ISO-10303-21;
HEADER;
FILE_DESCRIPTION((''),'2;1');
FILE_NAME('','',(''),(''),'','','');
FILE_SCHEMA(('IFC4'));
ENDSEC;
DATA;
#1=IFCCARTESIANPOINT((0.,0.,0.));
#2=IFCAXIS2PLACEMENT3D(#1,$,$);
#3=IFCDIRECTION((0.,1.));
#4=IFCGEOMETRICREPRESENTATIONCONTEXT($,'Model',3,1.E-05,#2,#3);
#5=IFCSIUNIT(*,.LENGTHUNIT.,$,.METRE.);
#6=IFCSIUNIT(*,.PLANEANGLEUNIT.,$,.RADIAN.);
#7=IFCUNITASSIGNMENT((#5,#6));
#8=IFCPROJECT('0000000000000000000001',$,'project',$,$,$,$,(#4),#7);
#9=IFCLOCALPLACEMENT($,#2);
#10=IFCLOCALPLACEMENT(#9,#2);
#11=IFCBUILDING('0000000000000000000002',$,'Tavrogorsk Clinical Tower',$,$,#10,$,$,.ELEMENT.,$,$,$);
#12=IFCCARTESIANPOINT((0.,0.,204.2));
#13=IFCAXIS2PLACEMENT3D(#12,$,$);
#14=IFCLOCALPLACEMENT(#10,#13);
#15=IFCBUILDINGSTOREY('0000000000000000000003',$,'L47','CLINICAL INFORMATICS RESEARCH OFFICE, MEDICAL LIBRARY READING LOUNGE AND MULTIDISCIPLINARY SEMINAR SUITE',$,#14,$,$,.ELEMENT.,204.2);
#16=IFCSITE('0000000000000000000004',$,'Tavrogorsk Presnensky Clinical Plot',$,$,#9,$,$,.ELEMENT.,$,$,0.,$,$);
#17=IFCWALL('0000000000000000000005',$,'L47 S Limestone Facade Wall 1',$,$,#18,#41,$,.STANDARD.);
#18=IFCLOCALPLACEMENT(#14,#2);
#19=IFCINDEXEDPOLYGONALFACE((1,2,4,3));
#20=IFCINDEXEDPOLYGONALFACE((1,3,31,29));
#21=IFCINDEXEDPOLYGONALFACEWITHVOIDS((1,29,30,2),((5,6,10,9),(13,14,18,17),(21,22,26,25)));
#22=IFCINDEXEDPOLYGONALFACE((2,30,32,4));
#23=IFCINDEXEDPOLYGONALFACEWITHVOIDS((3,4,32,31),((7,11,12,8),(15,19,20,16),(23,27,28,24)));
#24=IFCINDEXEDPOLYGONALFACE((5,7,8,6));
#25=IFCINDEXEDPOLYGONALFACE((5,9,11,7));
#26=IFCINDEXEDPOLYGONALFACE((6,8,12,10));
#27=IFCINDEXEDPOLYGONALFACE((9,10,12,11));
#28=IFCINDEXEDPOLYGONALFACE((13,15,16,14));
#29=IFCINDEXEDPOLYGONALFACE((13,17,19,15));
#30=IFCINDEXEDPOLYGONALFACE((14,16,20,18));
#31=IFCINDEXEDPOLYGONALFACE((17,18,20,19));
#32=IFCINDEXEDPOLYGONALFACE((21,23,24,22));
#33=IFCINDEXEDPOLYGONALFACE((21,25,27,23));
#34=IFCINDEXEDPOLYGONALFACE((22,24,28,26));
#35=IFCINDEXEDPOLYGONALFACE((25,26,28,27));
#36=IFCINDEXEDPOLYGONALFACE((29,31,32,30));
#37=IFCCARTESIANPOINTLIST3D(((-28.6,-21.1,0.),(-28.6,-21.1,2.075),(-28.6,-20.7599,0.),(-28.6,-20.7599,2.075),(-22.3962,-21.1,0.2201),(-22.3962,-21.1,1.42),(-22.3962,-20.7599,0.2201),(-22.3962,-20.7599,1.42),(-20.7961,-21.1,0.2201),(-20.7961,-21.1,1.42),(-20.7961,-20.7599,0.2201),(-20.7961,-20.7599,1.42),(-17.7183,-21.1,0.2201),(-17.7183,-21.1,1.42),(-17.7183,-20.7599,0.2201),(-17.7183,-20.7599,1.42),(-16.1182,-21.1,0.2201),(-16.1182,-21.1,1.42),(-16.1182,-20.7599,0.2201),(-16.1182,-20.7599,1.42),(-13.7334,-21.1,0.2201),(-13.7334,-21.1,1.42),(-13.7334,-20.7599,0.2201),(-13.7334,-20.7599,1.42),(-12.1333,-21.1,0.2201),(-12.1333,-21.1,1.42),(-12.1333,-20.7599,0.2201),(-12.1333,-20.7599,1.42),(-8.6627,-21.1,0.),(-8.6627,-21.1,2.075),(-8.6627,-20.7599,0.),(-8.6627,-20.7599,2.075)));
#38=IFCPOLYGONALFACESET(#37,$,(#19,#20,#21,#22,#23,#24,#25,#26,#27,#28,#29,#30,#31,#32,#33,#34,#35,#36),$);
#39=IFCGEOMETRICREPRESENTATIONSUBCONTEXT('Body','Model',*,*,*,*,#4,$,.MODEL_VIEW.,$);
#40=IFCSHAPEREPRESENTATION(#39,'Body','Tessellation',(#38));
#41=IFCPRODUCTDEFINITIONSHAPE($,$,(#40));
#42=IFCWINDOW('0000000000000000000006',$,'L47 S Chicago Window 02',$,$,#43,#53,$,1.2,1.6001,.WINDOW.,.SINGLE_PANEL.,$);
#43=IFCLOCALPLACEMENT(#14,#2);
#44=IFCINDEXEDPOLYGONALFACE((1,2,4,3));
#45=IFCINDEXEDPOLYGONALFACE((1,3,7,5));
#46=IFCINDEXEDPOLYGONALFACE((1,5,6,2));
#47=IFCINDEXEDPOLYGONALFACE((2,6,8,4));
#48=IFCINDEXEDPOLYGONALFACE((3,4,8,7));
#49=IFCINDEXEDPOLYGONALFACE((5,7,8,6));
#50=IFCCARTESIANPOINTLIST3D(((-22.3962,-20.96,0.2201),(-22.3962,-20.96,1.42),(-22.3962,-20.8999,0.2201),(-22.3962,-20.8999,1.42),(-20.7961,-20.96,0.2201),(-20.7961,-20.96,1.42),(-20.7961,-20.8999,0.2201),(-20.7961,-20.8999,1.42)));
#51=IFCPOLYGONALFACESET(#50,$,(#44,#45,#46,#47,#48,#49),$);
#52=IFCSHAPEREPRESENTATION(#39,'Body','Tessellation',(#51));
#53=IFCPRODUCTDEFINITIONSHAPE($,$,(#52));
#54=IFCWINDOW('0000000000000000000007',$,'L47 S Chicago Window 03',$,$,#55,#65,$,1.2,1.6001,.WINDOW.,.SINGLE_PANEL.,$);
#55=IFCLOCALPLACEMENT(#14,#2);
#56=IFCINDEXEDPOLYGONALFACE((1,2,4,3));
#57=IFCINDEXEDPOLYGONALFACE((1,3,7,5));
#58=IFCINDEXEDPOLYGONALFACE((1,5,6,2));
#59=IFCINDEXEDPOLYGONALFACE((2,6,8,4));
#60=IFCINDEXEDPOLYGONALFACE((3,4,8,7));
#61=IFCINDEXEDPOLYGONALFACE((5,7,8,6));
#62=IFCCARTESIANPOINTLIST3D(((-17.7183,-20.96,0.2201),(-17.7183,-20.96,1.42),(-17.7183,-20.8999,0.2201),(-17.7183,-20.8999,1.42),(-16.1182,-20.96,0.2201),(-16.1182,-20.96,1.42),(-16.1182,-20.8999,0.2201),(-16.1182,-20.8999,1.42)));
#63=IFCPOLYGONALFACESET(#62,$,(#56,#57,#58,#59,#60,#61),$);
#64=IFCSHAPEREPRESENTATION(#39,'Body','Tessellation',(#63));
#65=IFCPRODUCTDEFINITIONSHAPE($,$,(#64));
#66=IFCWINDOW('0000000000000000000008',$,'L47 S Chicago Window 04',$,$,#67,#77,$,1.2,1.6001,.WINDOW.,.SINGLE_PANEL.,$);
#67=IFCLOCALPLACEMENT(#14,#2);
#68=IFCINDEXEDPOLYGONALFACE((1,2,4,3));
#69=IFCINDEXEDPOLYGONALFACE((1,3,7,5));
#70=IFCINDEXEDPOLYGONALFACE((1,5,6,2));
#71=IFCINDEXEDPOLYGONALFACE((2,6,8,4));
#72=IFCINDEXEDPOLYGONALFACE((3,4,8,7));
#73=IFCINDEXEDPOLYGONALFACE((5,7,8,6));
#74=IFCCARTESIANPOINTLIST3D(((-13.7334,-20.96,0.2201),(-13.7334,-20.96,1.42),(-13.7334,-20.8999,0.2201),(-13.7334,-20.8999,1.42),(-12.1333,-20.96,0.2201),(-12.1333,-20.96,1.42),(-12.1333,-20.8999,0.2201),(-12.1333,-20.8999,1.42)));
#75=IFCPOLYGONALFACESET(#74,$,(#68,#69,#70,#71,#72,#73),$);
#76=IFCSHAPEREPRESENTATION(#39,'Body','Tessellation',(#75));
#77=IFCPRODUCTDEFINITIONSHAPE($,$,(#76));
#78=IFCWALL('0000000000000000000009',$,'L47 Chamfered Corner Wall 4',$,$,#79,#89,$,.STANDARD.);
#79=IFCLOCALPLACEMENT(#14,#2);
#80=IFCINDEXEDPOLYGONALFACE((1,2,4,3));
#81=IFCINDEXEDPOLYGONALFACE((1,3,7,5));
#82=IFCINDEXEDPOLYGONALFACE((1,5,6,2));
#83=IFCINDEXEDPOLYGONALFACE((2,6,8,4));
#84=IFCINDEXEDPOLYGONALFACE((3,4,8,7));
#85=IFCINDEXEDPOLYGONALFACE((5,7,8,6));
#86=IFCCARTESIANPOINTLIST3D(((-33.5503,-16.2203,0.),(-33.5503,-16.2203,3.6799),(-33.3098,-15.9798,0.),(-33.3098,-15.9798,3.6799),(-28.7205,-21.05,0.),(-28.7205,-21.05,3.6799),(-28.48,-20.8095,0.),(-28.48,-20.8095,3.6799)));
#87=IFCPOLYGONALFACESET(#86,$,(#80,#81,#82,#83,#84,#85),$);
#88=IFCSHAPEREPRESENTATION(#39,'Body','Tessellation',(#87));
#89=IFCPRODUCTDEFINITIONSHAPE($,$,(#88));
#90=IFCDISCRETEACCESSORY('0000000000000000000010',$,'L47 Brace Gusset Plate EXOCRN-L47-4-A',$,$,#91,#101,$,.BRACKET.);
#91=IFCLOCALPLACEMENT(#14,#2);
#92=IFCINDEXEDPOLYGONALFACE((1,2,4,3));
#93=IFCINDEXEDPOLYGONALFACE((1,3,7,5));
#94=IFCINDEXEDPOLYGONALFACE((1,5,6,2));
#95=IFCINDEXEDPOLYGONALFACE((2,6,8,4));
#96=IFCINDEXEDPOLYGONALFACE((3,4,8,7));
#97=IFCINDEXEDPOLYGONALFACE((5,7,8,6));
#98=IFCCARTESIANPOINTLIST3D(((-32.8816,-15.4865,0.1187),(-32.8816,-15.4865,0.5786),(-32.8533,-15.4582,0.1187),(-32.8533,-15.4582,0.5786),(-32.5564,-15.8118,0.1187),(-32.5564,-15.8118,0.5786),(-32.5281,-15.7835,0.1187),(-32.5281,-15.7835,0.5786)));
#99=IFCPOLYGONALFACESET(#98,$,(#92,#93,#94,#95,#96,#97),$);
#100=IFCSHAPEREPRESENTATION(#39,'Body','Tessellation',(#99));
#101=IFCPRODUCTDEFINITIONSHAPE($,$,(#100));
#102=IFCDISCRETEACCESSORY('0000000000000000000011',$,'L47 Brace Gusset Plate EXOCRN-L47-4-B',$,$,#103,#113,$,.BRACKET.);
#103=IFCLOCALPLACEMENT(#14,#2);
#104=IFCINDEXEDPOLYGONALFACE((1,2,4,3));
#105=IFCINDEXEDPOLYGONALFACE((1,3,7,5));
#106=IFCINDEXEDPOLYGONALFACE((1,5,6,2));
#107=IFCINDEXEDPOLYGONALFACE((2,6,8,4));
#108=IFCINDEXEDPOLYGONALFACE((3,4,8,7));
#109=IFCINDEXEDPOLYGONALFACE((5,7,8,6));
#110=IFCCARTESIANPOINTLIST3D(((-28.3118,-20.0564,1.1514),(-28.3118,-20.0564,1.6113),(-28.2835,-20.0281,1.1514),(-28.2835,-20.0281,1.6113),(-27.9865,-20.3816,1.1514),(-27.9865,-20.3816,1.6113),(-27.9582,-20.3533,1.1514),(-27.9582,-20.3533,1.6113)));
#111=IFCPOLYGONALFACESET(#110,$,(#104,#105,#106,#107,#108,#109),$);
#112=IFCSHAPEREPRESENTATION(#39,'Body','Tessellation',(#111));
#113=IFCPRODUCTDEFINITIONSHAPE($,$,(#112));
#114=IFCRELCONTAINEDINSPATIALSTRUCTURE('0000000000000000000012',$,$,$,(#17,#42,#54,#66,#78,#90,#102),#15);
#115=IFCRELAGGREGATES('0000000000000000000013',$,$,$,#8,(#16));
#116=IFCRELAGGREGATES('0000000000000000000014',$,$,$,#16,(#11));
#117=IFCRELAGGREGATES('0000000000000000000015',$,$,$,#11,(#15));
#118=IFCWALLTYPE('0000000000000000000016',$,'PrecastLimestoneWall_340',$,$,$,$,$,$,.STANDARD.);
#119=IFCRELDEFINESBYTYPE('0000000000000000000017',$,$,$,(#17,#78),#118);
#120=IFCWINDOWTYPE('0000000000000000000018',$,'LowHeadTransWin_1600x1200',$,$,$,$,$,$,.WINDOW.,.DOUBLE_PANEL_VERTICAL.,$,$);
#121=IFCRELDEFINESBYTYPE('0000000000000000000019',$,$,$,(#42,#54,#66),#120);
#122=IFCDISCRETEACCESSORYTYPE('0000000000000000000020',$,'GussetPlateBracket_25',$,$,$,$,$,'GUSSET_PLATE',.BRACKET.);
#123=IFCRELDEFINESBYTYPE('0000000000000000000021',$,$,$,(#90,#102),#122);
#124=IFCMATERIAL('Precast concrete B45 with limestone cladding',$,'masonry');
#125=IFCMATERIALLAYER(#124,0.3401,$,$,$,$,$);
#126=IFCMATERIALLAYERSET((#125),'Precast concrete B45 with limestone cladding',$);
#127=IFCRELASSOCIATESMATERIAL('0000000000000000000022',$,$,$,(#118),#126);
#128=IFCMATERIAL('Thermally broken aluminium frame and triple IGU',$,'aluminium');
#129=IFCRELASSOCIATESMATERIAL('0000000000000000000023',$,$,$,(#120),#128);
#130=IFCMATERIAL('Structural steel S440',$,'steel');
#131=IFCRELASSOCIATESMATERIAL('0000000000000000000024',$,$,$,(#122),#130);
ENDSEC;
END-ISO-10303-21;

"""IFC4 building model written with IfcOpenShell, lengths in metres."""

from ifc_helpers import new_model, si_unit, direction, frame, frame_2d, origin, origin_2d, place, context, subcontext, project, spatial, rectangle, extrude, material, layer, layer_set, type_object, element, fill, save


model = new_model("IFC4")

# Units and contexts
model_context = context("Model", 3, precision=1e-05, world=origin(), true_north=direction((0.0, 1.0)))
body_context = subcontext(model_context, "Body", "Model", "MODEL_VIEW")
ifc_project = project(units=[si_unit("LENGTHUNIT", "METRE"), si_unit("PLANEANGLEUNIT", "RADIAN")], contexts=[model_context])

# Site, building, storey
site_placement = place(None, origin())
site = spatial("IfcSite", under=ifc_project, at=site_placement, Name="Tavrogorsk Presnensky Clinical Plot", CompositionType="ELEMENT", RefElevation=0.0)
building_placement = place(site_placement, origin())
building = spatial("IfcBuilding", under=site, at=building_placement, Name="Tavrogorsk Clinical Tower", CompositionType="ELEMENT")
storey_placement = place(building_placement, frame((0.0, 0.0, 204.2)))
storey = spatial("IfcBuildingStorey", under=building, at=storey_placement, Name="L47", Description="CLINICAL INFORMATICS RESEARCH OFFICE, MEDICAL LIBRARY READING LOUNGE AND MULTIDISCIPLINARY SEMINAR SUITE", CompositionType="ELEMENT", Elevation=204.2)

# Wall, openings, windows
ifc_material_1 = material(Name="Precast concrete B45 with limestone cladding", Category="masonry")
ifc_layer_1 = layer(ifc_material_1, 0.3401)
ifc_layer_set_1 = layer_set([ifc_layer_1], Name="Precast concrete B45 with limestone cladding")
wall_type_1 = type_object("IfcWallType", Name="PrecastLimestoneWall_340", PredefinedType="STANDARD", material=ifc_layer_set_1)
wall_1_placement = place(storey_placement, frame((-28.6001, -20.9299, 0.0), z_axis=(0.0, 0.0, 1.0), x_axis=(1.0, 0.0, 0.0)))
wall_1 = element("IfcWall", 1, at=wall_1_placement, inside=storey, type_object=wall_type_1, Name="L47 S Limestone Facade Wall 1", PredefinedType="STANDARD", context=body_context, shape_type="SweptSolid", body=[
    extrude(rectangle(XDim=19.9373, YDim=0.3401, at=frame_2d((9.9688, 0.0))), origin(), (0.0, 0.0, 1.0), 2.075),
])
opening_1_placement = place(wall_1_placement, frame((6.2039, 0.0, 0.22)))
opening_1 = element("IfcOpeningElement", 2, at=opening_1_placement, cuts=wall_1, PredefinedType="OPENING", context=body_context, shape_type="SweptSolid", body=[
    extrude(rectangle(XDim=1.6001, YDim=1.2, at=frame_2d((0.8, 0.6001))), frame((0.0, 0.1799, 0.0), z_axis=(0.0, -1.0, 0.0), x_axis=(1.0, 0.0, 0.0)), (0.0, 0.0, 1.0), 0.3601),
])
opening_2_placement = place(wall_1_placement, frame((10.8818, 0.0, 0.22)))
opening_2 = element("IfcOpeningElement", 3, at=opening_2_placement, cuts=wall_1, PredefinedType="OPENING", context=body_context, shape_type="SweptSolid", body=[
    extrude(rectangle(XDim=1.6001, YDim=1.2, at=frame_2d((0.8, 0.6001))), frame((0.0, 0.1799, 0.0), z_axis=(0.0, -1.0, 0.0), x_axis=(1.0, 0.0, 0.0)), (0.0, 0.0, 1.0), 0.3601),
])
opening_3_placement = place(wall_1_placement, frame((14.8667, 0.0, 0.22)))
opening_3 = element("IfcOpeningElement", 4, at=opening_3_placement, cuts=wall_1, PredefinedType="OPENING", context=body_context, shape_type="SweptSolid", body=[
    extrude(rectangle(XDim=1.6001, YDim=1.2, at=frame_2d((0.8, 0.6001))), frame((0.0, 0.1799, 0.0), z_axis=(0.0, -1.0, 0.0), x_axis=(1.0, 0.0, 0.0)), (0.0, 0.0, 1.0), 0.3601),
])
ifc_material_2 = material(Name="Thermally broken aluminium frame and triple IGU", Category="aluminium")
window_type = type_object("IfcWindowType", Name="LowHeadTransWin_1600x1200", PartitioningType="DOUBLE_PANEL_VERTICAL", PredefinedType="WINDOW", material=ifc_material_2)
window_1_placement = place(opening_1_placement, origin())
window_1 = element("IfcWindow", 5, at=window_1_placement, inside=storey, type_object=window_type, Name="L47 S Chicago Window 02", OverallHeight=1.2, OverallWidth=1.6001, PartitioningType="SINGLE_PANEL", PredefinedType="WINDOW", context=body_context, shape_type="SweptSolid", body=[
    extrude(rectangle(XDim=1.6001, YDim=1.2, at=frame_2d((0.8, 0.6001))), frame((0.0, 0.03, 0.0), z_axis=(0.0, -1.0, 0.0), x_axis=(1.0, 0.0, 0.0)), (0.0, 0.0, 1.0), 0.0601),
])
fill(opening_1, window_1)
window_2_placement = place(opening_2_placement, origin())
window_2 = element("IfcWindow", 6, at=window_2_placement, inside=storey, type_object=window_type, Name="L47 S Chicago Window 03", OverallHeight=1.2, OverallWidth=1.6001, PartitioningType="SINGLE_PANEL", PredefinedType="WINDOW", context=body_context, shape_type="SweptSolid", body=[
    extrude(rectangle(XDim=1.6001, YDim=1.2, at=frame_2d((0.8, 0.6001))), frame((0.0, 0.03, 0.0), z_axis=(0.0, -1.0, 0.0), x_axis=(1.0, 0.0, 0.0)), (0.0, 0.0, 1.0), 0.0601),
])
fill(opening_2, window_2)
window_3_placement = place(opening_3_placement, origin())
window_3 = element("IfcWindow", 7, at=window_3_placement, inside=storey, type_object=window_type, Name="L47 S Chicago Window 04", OverallHeight=1.2, OverallWidth=1.6001, PartitioningType="SINGLE_PANEL", PredefinedType="WINDOW", context=body_context, shape_type="SweptSolid", body=[
    extrude(rectangle(XDim=1.6001, YDim=1.2, at=frame_2d((0.8, 0.6001))), frame((0.0, 0.03, 0.0), z_axis=(0.0, -1.0, 0.0), x_axis=(1.0, 0.0, 0.0)), (0.0, 0.0, 1.0), 0.0601),
])
fill(opening_3, window_3)

# Wall
wall_2_placement = place(storey_placement, frame((-33.4299, -16.1001, 0.0), z_axis=(0.0, 0.0, 1.0), x_axis=(0.707107, -0.707107, 0.0)))
element("IfcWall", 8, at=wall_2_placement, inside=storey, type_object=wall_type_1, Name="L47 Chamfered Corner Wall 4", PredefinedType="STANDARD", context=body_context, shape_type="SweptSolid", body=[
    extrude(rectangle(XDim=6.8303, YDim=0.3401, at=frame_2d((3.415, 0.0))), origin(), (0.0, 0.0, 1.0), 3.6799),
])

# Discrete accessories
ifc_material_3 = material(Name="Structural steel S440", Category="steel")
discrete_accessory_type = type_object("IfcDiscreteAccessoryType", Name="GussetPlateBracket_25", ElementType="GUSSET_PLATE", PredefinedType="BRACKET", material=ifc_material_3)
for number, where, z_axis, x_axis, name in (
    (9, (-32.7048, -15.635, 0.1187), (0.0, 0.0, 1.0), (0.707107, -0.707107, 0.0), "L47 Brace Gusset Plate EXOCRN-L47-4-A"),
    (10, (-28.135, -20.2048, 1.1514), (0.0, 0.0, 1.0), (0.707107, -0.707107, 0.0), "L47 Brace Gusset Plate EXOCRN-L47-4-B"),
):
    element("IfcDiscreteAccessory", number, at=place(storey_placement, frame(where, z_axis=z_axis, x_axis=x_axis)), inside=storey, type_object=discrete_accessory_type, Name=name, PredefinedType="BRACKET", context=body_context, shape_type="SweptSolid", body=[
        extrude(rectangle(XDim=0.46, YDim=0.04, at=origin_2d()), origin(), (0.0, 0.0, 1.0), 0.46),
    ])

save(model, "model.ifc")
